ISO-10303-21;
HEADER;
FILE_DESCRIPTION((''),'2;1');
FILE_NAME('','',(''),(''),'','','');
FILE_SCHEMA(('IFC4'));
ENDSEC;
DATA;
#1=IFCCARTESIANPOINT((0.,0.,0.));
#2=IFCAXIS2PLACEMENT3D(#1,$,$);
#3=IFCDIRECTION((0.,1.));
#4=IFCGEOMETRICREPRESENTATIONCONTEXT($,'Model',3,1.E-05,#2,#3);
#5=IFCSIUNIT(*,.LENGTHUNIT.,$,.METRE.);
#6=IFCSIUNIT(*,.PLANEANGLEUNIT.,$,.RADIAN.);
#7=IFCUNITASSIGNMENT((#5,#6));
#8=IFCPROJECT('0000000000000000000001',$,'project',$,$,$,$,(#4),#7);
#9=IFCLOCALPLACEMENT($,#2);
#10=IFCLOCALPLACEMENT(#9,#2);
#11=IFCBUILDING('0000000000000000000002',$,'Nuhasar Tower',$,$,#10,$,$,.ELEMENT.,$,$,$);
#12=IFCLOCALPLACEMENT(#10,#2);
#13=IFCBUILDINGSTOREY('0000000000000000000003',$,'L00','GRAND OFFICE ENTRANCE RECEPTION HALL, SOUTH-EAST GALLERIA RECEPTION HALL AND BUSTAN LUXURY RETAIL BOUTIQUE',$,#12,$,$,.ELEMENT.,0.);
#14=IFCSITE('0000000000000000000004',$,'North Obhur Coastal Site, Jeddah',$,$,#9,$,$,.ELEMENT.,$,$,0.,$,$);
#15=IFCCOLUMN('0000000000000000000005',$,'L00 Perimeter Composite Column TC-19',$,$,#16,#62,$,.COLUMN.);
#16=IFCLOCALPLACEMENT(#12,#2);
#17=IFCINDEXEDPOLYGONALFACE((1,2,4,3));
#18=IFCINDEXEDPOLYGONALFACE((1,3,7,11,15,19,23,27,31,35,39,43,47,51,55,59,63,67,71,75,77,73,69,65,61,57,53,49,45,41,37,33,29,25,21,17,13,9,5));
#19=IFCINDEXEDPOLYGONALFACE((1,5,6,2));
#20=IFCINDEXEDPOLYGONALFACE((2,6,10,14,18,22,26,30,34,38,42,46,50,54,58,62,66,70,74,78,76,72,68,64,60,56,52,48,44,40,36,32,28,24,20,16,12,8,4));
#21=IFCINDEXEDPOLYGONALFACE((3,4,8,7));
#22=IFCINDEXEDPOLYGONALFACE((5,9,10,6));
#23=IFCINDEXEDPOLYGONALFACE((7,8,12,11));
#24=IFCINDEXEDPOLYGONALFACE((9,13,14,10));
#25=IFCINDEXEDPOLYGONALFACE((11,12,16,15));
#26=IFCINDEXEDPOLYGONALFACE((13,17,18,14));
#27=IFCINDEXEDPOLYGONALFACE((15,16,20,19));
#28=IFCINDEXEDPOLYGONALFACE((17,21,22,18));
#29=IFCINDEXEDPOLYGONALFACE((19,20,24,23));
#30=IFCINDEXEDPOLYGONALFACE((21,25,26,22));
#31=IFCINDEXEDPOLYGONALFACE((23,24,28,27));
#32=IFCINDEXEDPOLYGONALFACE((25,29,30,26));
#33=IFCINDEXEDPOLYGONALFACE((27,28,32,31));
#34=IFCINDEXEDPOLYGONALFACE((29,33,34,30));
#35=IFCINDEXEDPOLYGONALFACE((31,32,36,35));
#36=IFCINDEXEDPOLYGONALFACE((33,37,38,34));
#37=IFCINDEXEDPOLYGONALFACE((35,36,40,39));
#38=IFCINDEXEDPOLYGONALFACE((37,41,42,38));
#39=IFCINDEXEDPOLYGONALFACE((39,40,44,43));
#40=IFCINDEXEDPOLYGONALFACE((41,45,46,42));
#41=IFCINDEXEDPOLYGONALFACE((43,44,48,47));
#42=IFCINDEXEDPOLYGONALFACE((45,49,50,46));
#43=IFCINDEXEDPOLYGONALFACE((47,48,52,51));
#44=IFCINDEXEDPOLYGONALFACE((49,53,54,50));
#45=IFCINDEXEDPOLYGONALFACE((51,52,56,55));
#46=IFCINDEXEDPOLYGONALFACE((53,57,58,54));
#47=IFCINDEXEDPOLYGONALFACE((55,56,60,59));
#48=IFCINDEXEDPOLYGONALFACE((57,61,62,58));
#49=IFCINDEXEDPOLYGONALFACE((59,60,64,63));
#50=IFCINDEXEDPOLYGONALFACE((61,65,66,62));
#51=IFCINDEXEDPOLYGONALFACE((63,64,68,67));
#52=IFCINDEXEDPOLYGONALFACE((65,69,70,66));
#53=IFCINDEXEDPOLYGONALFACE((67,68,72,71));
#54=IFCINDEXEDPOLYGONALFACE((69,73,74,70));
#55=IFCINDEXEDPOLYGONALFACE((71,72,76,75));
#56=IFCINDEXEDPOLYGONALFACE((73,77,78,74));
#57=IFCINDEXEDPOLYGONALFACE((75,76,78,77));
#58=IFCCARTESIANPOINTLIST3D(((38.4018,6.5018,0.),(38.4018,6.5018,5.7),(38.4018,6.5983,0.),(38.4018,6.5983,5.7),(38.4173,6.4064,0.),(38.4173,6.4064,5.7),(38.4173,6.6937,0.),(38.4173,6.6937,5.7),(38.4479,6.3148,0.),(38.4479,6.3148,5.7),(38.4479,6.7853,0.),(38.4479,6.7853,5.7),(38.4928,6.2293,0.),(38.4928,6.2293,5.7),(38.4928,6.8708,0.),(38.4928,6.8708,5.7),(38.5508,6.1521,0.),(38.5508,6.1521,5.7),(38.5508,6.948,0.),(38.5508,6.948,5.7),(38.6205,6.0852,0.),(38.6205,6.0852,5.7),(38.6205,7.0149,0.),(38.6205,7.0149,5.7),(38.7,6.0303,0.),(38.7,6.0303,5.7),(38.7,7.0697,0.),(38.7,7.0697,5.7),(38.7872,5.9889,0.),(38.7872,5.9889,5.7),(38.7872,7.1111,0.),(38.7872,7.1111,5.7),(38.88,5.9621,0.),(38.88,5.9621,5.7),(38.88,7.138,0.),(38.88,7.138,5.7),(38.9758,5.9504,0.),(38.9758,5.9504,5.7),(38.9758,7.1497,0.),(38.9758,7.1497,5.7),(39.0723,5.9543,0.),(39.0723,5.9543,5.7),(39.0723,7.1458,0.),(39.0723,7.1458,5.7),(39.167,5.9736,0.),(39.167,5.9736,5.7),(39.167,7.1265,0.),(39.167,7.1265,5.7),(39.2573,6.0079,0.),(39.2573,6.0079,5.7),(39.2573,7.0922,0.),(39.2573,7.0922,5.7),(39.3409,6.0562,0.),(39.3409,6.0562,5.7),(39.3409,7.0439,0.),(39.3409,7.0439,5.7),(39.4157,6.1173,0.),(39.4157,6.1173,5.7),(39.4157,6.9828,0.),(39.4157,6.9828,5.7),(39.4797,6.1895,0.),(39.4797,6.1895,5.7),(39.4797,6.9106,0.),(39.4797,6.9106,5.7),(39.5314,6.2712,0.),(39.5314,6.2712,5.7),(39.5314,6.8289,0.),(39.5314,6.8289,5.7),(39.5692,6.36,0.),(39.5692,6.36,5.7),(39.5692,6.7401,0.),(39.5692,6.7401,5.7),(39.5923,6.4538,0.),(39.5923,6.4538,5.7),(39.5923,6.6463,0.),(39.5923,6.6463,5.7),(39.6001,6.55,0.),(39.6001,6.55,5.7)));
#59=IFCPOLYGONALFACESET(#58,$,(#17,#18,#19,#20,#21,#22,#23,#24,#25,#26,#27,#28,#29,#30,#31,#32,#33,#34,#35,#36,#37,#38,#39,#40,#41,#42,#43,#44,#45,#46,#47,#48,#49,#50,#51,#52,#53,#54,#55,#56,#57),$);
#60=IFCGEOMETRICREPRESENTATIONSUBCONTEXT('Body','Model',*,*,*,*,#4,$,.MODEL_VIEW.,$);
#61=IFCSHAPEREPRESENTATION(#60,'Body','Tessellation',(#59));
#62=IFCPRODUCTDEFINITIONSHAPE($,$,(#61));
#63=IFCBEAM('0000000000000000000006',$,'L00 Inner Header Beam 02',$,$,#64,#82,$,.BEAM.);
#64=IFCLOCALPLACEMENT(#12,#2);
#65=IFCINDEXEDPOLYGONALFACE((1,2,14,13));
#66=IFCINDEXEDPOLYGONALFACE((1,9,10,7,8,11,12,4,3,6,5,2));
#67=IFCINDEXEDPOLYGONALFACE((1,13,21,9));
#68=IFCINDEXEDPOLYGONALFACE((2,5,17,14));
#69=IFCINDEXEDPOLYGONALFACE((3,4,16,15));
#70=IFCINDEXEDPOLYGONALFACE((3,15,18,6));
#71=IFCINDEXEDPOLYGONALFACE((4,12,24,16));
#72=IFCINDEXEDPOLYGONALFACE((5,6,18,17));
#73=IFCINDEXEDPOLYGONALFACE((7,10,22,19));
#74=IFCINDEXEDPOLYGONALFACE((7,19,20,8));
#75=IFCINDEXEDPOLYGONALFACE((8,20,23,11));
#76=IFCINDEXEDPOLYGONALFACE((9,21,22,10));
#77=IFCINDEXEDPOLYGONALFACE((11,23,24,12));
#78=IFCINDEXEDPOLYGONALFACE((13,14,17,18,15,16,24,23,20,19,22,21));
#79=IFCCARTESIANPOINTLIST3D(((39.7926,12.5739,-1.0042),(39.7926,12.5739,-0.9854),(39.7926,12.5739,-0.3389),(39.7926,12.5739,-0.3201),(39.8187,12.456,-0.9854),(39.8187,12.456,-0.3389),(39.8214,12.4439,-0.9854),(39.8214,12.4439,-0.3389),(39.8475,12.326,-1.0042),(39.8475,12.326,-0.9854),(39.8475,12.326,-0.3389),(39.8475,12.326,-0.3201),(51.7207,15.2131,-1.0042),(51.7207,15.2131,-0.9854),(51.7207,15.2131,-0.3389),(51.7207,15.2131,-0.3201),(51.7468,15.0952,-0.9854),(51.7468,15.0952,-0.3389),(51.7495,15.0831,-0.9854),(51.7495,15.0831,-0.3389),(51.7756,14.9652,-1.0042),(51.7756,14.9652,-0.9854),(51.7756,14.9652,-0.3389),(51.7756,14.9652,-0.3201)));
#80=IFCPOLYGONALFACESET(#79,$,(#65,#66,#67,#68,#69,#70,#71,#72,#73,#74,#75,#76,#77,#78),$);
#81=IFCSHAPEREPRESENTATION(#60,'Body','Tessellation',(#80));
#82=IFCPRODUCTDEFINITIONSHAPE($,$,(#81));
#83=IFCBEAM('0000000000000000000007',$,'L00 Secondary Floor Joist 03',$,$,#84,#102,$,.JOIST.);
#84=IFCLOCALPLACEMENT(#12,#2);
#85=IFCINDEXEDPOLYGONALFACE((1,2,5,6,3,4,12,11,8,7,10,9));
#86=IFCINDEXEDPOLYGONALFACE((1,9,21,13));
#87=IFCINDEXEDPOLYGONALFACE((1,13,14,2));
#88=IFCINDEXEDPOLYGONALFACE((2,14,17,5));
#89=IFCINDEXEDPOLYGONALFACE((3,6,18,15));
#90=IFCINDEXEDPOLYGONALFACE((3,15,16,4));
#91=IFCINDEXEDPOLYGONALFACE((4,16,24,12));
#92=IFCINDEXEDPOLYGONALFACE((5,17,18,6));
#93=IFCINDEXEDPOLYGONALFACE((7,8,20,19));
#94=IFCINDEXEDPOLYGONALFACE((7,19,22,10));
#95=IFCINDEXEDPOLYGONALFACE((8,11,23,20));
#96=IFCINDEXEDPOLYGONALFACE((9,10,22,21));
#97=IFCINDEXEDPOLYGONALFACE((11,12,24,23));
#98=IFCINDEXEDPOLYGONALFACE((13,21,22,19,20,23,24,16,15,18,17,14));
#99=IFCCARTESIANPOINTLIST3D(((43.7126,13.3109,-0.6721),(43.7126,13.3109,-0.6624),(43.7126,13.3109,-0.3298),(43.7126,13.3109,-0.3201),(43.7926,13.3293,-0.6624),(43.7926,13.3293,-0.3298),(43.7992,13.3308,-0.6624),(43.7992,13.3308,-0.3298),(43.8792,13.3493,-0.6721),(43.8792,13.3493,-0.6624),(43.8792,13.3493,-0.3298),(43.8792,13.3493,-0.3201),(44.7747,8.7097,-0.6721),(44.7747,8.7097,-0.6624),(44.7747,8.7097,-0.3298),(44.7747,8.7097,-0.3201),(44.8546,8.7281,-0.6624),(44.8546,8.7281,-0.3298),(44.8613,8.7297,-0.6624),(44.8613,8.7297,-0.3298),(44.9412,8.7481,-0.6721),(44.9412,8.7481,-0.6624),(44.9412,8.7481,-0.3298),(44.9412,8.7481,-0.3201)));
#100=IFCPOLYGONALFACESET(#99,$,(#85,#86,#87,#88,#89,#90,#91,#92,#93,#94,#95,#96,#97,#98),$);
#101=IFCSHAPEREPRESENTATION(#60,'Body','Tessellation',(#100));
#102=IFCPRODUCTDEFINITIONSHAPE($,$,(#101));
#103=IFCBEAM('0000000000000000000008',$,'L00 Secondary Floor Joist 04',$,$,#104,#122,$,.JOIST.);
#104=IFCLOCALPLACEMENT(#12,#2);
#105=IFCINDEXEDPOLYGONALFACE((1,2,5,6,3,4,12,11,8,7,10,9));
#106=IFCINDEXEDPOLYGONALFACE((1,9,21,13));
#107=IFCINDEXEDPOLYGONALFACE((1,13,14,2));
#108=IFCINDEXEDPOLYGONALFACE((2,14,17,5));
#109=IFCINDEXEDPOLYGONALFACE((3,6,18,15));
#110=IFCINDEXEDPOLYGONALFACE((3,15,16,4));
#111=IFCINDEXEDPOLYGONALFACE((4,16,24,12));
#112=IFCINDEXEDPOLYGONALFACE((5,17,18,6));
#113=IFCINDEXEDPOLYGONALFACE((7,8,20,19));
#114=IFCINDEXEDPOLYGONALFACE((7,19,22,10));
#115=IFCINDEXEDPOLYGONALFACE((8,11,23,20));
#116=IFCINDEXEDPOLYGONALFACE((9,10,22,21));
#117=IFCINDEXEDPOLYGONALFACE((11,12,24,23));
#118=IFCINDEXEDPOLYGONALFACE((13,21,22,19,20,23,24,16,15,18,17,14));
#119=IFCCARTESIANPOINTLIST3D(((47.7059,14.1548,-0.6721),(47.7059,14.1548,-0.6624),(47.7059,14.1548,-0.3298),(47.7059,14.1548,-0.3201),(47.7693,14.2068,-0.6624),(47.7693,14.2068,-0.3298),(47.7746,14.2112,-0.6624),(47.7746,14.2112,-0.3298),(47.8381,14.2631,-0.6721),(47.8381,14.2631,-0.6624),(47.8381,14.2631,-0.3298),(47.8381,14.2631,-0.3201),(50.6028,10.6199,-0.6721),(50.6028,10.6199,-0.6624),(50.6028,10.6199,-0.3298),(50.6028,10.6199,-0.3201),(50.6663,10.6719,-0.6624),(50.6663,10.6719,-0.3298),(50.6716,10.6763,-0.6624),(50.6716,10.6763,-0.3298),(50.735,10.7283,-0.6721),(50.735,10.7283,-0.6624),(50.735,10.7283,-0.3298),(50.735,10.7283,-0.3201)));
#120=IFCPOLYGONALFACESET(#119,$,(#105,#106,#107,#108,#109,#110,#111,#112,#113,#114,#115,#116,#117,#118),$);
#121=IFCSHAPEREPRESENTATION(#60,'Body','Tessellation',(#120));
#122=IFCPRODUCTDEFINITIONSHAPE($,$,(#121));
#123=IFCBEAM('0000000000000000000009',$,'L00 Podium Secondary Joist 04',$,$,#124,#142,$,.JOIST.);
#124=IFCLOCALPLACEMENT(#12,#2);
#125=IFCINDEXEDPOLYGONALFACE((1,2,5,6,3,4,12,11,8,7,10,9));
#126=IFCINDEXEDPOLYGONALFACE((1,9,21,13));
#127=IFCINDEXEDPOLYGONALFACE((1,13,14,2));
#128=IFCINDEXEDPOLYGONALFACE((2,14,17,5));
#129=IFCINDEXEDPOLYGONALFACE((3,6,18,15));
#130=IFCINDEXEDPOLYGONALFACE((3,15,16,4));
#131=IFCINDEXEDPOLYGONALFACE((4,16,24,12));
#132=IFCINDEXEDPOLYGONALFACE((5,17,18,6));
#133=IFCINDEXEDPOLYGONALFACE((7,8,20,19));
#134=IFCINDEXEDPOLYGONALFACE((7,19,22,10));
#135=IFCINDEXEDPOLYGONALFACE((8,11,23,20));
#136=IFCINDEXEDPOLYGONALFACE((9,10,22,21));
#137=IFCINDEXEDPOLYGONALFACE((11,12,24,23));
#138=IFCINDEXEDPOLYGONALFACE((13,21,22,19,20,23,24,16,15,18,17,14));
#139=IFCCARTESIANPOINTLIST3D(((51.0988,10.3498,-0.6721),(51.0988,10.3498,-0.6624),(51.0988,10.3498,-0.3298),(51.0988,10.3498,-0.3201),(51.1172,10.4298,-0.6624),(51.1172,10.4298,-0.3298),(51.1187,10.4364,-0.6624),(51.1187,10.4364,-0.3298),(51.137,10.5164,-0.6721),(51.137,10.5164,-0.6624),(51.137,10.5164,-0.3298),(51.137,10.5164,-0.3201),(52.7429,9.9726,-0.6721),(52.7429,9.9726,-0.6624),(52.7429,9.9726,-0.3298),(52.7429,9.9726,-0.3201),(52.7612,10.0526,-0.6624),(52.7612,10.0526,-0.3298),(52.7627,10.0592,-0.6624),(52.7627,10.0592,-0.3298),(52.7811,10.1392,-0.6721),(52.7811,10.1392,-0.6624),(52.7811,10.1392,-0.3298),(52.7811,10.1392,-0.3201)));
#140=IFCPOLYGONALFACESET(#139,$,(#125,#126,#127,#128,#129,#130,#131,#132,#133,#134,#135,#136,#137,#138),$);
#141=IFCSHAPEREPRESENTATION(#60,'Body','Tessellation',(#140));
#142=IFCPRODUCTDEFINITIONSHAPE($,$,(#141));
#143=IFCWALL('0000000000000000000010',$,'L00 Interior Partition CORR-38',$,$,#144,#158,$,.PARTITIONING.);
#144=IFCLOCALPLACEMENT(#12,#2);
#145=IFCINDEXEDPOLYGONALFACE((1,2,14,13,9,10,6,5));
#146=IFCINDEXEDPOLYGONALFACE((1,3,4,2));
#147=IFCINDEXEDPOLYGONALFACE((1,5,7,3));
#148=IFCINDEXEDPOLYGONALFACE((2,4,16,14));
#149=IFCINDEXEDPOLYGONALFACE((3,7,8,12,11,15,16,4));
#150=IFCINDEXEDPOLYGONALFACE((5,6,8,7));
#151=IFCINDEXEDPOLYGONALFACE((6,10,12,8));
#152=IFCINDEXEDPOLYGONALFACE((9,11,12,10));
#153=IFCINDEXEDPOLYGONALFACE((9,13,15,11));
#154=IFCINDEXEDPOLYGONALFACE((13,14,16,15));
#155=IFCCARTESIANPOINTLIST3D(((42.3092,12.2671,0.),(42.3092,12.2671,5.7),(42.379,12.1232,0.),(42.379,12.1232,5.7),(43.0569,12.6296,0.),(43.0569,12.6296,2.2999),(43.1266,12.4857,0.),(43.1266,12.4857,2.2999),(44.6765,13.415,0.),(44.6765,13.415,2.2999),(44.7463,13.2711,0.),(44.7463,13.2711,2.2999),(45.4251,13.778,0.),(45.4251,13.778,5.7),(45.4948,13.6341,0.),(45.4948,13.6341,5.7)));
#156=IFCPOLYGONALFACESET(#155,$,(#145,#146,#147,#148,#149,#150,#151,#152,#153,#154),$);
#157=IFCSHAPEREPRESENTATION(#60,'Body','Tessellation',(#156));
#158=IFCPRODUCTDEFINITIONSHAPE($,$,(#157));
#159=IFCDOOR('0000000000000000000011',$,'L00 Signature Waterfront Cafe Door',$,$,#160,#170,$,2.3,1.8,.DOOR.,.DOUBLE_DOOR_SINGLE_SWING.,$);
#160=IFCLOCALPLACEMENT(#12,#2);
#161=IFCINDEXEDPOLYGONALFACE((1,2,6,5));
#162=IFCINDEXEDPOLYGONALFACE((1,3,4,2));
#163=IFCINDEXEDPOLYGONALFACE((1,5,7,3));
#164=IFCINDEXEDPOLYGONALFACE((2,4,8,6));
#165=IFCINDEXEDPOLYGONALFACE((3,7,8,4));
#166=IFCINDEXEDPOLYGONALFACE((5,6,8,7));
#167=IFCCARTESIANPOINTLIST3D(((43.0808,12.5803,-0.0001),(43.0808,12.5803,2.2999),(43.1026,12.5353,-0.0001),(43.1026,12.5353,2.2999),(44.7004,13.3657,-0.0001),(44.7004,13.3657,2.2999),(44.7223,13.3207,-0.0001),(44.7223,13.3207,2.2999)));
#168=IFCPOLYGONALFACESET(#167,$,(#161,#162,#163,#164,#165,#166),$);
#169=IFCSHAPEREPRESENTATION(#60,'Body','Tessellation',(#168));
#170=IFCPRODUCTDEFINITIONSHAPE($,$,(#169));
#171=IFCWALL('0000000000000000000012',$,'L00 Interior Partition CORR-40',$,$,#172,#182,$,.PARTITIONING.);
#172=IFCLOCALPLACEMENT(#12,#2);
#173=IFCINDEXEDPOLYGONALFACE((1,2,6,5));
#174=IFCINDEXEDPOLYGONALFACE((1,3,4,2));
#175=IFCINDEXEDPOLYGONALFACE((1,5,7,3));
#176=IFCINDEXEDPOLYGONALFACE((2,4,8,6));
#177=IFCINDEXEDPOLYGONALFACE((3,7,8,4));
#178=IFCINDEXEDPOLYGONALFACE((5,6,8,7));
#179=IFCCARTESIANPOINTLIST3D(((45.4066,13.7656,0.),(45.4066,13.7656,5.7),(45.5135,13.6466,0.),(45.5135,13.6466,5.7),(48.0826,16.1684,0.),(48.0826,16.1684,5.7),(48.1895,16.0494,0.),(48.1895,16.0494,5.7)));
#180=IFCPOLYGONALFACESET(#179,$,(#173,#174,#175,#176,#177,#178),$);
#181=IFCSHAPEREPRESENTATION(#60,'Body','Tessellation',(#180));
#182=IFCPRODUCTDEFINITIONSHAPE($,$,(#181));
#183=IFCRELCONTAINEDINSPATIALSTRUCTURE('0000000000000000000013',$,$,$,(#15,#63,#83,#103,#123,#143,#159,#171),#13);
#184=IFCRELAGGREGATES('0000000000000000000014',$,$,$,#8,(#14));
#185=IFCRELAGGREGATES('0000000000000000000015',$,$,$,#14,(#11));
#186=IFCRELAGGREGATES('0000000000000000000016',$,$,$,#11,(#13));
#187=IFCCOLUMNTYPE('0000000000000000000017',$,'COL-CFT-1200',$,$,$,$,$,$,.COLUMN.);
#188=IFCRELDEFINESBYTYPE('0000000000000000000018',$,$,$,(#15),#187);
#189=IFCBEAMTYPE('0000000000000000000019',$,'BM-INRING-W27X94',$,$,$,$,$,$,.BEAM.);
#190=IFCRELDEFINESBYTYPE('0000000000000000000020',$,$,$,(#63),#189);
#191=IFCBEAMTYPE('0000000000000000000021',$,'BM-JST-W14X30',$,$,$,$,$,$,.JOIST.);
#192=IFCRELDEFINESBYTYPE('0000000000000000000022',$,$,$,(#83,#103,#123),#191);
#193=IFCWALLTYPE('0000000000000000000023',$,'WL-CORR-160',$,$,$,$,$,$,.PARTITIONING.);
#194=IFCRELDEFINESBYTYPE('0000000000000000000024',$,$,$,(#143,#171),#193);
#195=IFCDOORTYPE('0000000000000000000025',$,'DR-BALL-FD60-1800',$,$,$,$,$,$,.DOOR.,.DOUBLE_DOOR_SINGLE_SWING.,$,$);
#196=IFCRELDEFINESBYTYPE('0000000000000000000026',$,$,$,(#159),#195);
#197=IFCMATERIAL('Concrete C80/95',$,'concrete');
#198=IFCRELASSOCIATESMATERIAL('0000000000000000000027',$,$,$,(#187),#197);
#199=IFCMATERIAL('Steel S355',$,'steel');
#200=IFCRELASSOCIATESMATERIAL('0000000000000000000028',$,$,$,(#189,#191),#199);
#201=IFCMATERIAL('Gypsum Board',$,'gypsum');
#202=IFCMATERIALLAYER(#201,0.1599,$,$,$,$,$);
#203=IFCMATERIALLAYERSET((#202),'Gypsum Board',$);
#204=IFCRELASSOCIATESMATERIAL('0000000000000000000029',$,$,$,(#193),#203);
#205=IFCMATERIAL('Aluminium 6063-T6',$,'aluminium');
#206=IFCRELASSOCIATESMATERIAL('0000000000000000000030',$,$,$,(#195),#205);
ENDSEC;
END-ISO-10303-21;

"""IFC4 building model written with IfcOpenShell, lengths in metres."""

from ifc_helpers import new_model, si_unit, direction, frame, frame_2d, origin, origin_2d, place, context, subcontext, project, spatial, rectangle, circle, i_section, extrude, material, layer, layer_set, material_profile, profile_set, type_object, element, fill, save


model = new_model("IFC4")

# Units and contexts
model_context = context("Model", 3, precision=1e-05, world=origin(), true_north=direction((0.0, 1.0)))
body_context = subcontext(model_context, "Body", "Model", "MODEL_VIEW")
ifc_project = project(units=[si_unit("LENGTHUNIT", "METRE"), si_unit("PLANEANGLEUNIT", "RADIAN")], contexts=[model_context])

# Site, building, storey
site_placement = place(None, origin())
site = spatial("IfcSite", under=ifc_project, at=site_placement, Name="North Obhur Coastal Site, Jeddah", CompositionType="ELEMENT", RefElevation=0.0)
building_placement = place(site_placement, origin())
building = spatial("IfcBuilding", under=site, at=building_placement, Name="Nuhasar Tower", CompositionType="ELEMENT")
storey_placement = place(building_placement, origin())
storey = spatial("IfcBuildingStorey", under=building, at=storey_placement, Name="L00", Description="GRAND OFFICE ENTRANCE RECEPTION HALL, SOUTH-EAST GALLERIA RECEPTION HALL AND BUSTAN LUXURY RETAIL BOUTIQUE", CompositionType="ELEMENT", Elevation=0.0)

# Column
ifc_material_1 = material(Name="Concrete C80/95", Category="concrete")
ifc_material_profile_1 = material_profile(ifc_material_1, circle(Radius=0.6001, at=origin_2d()), Name="CFT1200")
ifc_profile_set_1 = profile_set([ifc_material_profile_1], Name="Concrete C80/95")
column_type = type_object("IfcColumnType", Name="COL-CFT-1200", PredefinedType="COLUMN", material=ifc_profile_set_1)
column_placement = place(storey_placement, frame((39.0, 6.55, 0.0), z_axis=(0.0, 0.0, 1.0), x_axis=(1.0, 0.0, 0.0)))
element("IfcColumn", 1, at=column_placement, inside=storey, type_object=column_type, Name="L00 Perimeter Composite Column TC-19", PredefinedType="COLUMN", context=body_context, shape_type="SweptSolid", body=[
    extrude(circle(Radius=0.6001, at=origin_2d()), origin(), (0.0, 0.0, 1.0), 5.7),
])

# Beams
ifc_material_2 = material(Name="Steel S355", Category="steel")
ifc_material_profile_2 = material_profile(ifc_material_2, i_section(OverallWidth=0.2539, OverallDepth=0.6841, WebThickness=0.0125, FlangeThickness=0.0188, at=origin_2d()), Name="W27X94")
ifc_profile_set_2 = profile_set([ifc_material_profile_2], Name="Steel S355")
beam_type_1 = type_object("IfcBeamType", Name="BM-INRING-W27X94", PredefinedType="BEAM", material=ifc_profile_set_2)
beam_1_placement = place(storey_placement, frame((39.8201, 12.45, -0.6621), z_axis=(0.976386, 0.216033, 0.0), x_axis=(-0.216033, 0.976386, 0.0)))
element("IfcBeam", 2, at=beam_1_placement, inside=storey, type_object=beam_type_1, Name="L00 Inner Header Beam 02", PredefinedType="BEAM", context=body_context, shape_type="SweptSolid", body=[
    extrude(i_section(OverallWidth=0.2539, OverallDepth=0.6841, WebThickness=0.0125, FlangeThickness=0.0188, at=origin_2d()), origin(), (0.0, 0.0, 1.0), 12.2166),
])
ifc_material_profile_3 = material_profile(ifc_material_2, i_section(OverallWidth=0.1709, OverallDepth=0.3521, WebThickness=0.0068, FlangeThickness=0.0098, at=origin_2d()), Name="W14X30")
ifc_profile_set_3 = profile_set([ifc_material_profile_3], Name="Steel S355")
beam_type_2 = type_object("IfcBeamType", Name="BM-JST-W14X30", PredefinedType="JOIST", material=ifc_profile_set_3)
beam_2_placement = place(storey_placement, frame((43.7959, 13.3301, -0.4961), z_axis=(0.224905, -0.974381, 0.0), x_axis=(0.974381, 0.224905, 0.0)))
element("IfcBeam", 3, at=beam_2_placement, inside=storey, type_object=beam_type_2, Name="L00 Secondary Floor Joist 03", PredefinedType="JOIST", context=body_context, shape_type="SweptSolid", body=[
    extrude(i_section(OverallWidth=0.1709, OverallDepth=0.3521, WebThickness=0.0068, FlangeThickness=0.0098, at=origin_2d()), origin(), (0.0, 0.0, 1.0), 4.7222),
])
beam_3_placement = place(storey_placement, frame((47.772, 14.209, -0.4961), z_axis=(0.633863, -0.773445, 0.0), x_axis=(0.773445, 0.633863, 0.0)))
element("IfcBeam", 4, at=beam_3_placement, inside=storey, type_object=beam_type_2, Name="L00 Secondary Floor Joist 04", PredefinedType="JOIST", context=body_context, shape_type="SweptSolid", body=[
    extrude(i_section(OverallWidth=0.1709, OverallDepth=0.3521, WebThickness=0.0068, FlangeThickness=0.0098, at=origin_2d()), origin(), (0.0, 0.0, 1.0), 4.5703),
])
beam_4_placement = place(storey_placement, frame((51.1179, 10.4331, -0.4961), z_axis=(0.974676, -0.223623, 0.0), x_axis=(0.223623, 0.974676, 0.0)))
element("IfcBeam", 5, at=beam_4_placement, inside=storey, type_object=beam_type_2, Name="L00 Podium Secondary Joist 04", PredefinedType="JOIST", context=body_context, shape_type="SweptSolid", body=[
    extrude(i_section(OverallWidth=0.1709, OverallDepth=0.3521, WebThickness=0.0068, FlangeThickness=0.0098, at=origin_2d()), origin(), (0.0, 0.0, 1.0), 1.6868),
])

# Wall, opening, door
ifc_material_3 = material(Name="Gypsum Board", Category="gypsum")
ifc_layer_1 = layer(ifc_material_3, 0.1599)
ifc_layer_set_1 = layer_set([ifc_layer_1], Name="Gypsum Board")
wall_type_1 = type_object("IfcWallType", Name="WL-CORR-160", PredefinedType="PARTITIONING", material=ifc_layer_set_1)
wall_1_placement = place(storey_placement, frame((45.46, 13.7061, 0.0), z_axis=(0.0, 0.0, 1.0), x_axis=(-0.89979, -0.436324, 0.0)))
wall_1 = element("IfcWall", 6, at=wall_1_placement, inside=storey, type_object=wall_type_1, Name="L00 Interior Partition CORR-38", PredefinedType="PARTITIONING", context=body_context, shape_type="SweptSolid", body=[
    extrude(rectangle(XDim=3.4629, YDim=0.1599, at=frame_2d((1.7314, 0.0))), origin(), (0.0, 0.0, 1.0), 5.7),
])
opening_1_placement = place(wall_1_placement, frame((0.832, 0.0, 0.0)))
opening_1 = element("IfcOpeningElement", 7, at=opening_1_placement, cuts=wall_1, PredefinedType="OPENING", context=body_context, shape_type="SweptSolid", body=[
    extrude(rectangle(XDim=1.8, YDim=2.3, at=frame_2d((0.8999, 1.1499))), frame((0.0, 0.0898, 0.0), z_axis=(0.0, -1.0, 0.0), x_axis=(1.0, 0.0, 0.0)), (0.0, 0.0, 1.0), 0.1799),
])
ifc_material_4 = material(Name="Aluminium 6063-T6", Category="aluminium")
door_type_1 = type_object("IfcDoorType", Name="DR-BALL-FD60-1800", OperationType="DOUBLE_DOOR_SINGLE_SWING", PredefinedType="DOOR", material=ifc_material_4)
door_1_placement = place(opening_1_placement, origin())
door_1 = element("IfcDoor", 8, at=door_1_placement, inside=storey, type_object=door_type_1, Name="L00 Signature Waterfront Cafe Door", OperationType="DOUBLE_DOOR_SINGLE_SWING", OverallHeight=2.3, OverallWidth=1.8, PredefinedType="DOOR", context=body_context, shape_type="SweptSolid", body=[
    extrude(rectangle(XDim=1.8, YDim=2.3, at=frame_2d((0.8999, 1.1499))), frame((0.0, 0.0249, 0.0), z_axis=(0.0, -1.0, 0.0), x_axis=(1.0, 0.0, 0.0)), (0.0, 0.0, 1.0), 0.05),
])
fill(opening_1, door_1)

# Wall
wall_2_placement = place(storey_placement, frame((45.46, 13.7061, 0.0), z_axis=(0.0, 0.0, 1.0), x_axis=(0.744067, 0.668105, 0.0)))
element("IfcWall", 9, at=wall_2_placement, inside=storey, type_object=wall_type_1, Name="L00 Interior Partition CORR-40", PredefinedType="PARTITIONING", context=body_context, shape_type="SweptSolid", body=[
    extrude(rectangle(XDim=3.5964, YDim=0.1599, at=frame_2d((1.7983, 0.0))), origin(), (0.0, 0.0, 1.0), 5.7),
])

save(model, "model.ifc")
